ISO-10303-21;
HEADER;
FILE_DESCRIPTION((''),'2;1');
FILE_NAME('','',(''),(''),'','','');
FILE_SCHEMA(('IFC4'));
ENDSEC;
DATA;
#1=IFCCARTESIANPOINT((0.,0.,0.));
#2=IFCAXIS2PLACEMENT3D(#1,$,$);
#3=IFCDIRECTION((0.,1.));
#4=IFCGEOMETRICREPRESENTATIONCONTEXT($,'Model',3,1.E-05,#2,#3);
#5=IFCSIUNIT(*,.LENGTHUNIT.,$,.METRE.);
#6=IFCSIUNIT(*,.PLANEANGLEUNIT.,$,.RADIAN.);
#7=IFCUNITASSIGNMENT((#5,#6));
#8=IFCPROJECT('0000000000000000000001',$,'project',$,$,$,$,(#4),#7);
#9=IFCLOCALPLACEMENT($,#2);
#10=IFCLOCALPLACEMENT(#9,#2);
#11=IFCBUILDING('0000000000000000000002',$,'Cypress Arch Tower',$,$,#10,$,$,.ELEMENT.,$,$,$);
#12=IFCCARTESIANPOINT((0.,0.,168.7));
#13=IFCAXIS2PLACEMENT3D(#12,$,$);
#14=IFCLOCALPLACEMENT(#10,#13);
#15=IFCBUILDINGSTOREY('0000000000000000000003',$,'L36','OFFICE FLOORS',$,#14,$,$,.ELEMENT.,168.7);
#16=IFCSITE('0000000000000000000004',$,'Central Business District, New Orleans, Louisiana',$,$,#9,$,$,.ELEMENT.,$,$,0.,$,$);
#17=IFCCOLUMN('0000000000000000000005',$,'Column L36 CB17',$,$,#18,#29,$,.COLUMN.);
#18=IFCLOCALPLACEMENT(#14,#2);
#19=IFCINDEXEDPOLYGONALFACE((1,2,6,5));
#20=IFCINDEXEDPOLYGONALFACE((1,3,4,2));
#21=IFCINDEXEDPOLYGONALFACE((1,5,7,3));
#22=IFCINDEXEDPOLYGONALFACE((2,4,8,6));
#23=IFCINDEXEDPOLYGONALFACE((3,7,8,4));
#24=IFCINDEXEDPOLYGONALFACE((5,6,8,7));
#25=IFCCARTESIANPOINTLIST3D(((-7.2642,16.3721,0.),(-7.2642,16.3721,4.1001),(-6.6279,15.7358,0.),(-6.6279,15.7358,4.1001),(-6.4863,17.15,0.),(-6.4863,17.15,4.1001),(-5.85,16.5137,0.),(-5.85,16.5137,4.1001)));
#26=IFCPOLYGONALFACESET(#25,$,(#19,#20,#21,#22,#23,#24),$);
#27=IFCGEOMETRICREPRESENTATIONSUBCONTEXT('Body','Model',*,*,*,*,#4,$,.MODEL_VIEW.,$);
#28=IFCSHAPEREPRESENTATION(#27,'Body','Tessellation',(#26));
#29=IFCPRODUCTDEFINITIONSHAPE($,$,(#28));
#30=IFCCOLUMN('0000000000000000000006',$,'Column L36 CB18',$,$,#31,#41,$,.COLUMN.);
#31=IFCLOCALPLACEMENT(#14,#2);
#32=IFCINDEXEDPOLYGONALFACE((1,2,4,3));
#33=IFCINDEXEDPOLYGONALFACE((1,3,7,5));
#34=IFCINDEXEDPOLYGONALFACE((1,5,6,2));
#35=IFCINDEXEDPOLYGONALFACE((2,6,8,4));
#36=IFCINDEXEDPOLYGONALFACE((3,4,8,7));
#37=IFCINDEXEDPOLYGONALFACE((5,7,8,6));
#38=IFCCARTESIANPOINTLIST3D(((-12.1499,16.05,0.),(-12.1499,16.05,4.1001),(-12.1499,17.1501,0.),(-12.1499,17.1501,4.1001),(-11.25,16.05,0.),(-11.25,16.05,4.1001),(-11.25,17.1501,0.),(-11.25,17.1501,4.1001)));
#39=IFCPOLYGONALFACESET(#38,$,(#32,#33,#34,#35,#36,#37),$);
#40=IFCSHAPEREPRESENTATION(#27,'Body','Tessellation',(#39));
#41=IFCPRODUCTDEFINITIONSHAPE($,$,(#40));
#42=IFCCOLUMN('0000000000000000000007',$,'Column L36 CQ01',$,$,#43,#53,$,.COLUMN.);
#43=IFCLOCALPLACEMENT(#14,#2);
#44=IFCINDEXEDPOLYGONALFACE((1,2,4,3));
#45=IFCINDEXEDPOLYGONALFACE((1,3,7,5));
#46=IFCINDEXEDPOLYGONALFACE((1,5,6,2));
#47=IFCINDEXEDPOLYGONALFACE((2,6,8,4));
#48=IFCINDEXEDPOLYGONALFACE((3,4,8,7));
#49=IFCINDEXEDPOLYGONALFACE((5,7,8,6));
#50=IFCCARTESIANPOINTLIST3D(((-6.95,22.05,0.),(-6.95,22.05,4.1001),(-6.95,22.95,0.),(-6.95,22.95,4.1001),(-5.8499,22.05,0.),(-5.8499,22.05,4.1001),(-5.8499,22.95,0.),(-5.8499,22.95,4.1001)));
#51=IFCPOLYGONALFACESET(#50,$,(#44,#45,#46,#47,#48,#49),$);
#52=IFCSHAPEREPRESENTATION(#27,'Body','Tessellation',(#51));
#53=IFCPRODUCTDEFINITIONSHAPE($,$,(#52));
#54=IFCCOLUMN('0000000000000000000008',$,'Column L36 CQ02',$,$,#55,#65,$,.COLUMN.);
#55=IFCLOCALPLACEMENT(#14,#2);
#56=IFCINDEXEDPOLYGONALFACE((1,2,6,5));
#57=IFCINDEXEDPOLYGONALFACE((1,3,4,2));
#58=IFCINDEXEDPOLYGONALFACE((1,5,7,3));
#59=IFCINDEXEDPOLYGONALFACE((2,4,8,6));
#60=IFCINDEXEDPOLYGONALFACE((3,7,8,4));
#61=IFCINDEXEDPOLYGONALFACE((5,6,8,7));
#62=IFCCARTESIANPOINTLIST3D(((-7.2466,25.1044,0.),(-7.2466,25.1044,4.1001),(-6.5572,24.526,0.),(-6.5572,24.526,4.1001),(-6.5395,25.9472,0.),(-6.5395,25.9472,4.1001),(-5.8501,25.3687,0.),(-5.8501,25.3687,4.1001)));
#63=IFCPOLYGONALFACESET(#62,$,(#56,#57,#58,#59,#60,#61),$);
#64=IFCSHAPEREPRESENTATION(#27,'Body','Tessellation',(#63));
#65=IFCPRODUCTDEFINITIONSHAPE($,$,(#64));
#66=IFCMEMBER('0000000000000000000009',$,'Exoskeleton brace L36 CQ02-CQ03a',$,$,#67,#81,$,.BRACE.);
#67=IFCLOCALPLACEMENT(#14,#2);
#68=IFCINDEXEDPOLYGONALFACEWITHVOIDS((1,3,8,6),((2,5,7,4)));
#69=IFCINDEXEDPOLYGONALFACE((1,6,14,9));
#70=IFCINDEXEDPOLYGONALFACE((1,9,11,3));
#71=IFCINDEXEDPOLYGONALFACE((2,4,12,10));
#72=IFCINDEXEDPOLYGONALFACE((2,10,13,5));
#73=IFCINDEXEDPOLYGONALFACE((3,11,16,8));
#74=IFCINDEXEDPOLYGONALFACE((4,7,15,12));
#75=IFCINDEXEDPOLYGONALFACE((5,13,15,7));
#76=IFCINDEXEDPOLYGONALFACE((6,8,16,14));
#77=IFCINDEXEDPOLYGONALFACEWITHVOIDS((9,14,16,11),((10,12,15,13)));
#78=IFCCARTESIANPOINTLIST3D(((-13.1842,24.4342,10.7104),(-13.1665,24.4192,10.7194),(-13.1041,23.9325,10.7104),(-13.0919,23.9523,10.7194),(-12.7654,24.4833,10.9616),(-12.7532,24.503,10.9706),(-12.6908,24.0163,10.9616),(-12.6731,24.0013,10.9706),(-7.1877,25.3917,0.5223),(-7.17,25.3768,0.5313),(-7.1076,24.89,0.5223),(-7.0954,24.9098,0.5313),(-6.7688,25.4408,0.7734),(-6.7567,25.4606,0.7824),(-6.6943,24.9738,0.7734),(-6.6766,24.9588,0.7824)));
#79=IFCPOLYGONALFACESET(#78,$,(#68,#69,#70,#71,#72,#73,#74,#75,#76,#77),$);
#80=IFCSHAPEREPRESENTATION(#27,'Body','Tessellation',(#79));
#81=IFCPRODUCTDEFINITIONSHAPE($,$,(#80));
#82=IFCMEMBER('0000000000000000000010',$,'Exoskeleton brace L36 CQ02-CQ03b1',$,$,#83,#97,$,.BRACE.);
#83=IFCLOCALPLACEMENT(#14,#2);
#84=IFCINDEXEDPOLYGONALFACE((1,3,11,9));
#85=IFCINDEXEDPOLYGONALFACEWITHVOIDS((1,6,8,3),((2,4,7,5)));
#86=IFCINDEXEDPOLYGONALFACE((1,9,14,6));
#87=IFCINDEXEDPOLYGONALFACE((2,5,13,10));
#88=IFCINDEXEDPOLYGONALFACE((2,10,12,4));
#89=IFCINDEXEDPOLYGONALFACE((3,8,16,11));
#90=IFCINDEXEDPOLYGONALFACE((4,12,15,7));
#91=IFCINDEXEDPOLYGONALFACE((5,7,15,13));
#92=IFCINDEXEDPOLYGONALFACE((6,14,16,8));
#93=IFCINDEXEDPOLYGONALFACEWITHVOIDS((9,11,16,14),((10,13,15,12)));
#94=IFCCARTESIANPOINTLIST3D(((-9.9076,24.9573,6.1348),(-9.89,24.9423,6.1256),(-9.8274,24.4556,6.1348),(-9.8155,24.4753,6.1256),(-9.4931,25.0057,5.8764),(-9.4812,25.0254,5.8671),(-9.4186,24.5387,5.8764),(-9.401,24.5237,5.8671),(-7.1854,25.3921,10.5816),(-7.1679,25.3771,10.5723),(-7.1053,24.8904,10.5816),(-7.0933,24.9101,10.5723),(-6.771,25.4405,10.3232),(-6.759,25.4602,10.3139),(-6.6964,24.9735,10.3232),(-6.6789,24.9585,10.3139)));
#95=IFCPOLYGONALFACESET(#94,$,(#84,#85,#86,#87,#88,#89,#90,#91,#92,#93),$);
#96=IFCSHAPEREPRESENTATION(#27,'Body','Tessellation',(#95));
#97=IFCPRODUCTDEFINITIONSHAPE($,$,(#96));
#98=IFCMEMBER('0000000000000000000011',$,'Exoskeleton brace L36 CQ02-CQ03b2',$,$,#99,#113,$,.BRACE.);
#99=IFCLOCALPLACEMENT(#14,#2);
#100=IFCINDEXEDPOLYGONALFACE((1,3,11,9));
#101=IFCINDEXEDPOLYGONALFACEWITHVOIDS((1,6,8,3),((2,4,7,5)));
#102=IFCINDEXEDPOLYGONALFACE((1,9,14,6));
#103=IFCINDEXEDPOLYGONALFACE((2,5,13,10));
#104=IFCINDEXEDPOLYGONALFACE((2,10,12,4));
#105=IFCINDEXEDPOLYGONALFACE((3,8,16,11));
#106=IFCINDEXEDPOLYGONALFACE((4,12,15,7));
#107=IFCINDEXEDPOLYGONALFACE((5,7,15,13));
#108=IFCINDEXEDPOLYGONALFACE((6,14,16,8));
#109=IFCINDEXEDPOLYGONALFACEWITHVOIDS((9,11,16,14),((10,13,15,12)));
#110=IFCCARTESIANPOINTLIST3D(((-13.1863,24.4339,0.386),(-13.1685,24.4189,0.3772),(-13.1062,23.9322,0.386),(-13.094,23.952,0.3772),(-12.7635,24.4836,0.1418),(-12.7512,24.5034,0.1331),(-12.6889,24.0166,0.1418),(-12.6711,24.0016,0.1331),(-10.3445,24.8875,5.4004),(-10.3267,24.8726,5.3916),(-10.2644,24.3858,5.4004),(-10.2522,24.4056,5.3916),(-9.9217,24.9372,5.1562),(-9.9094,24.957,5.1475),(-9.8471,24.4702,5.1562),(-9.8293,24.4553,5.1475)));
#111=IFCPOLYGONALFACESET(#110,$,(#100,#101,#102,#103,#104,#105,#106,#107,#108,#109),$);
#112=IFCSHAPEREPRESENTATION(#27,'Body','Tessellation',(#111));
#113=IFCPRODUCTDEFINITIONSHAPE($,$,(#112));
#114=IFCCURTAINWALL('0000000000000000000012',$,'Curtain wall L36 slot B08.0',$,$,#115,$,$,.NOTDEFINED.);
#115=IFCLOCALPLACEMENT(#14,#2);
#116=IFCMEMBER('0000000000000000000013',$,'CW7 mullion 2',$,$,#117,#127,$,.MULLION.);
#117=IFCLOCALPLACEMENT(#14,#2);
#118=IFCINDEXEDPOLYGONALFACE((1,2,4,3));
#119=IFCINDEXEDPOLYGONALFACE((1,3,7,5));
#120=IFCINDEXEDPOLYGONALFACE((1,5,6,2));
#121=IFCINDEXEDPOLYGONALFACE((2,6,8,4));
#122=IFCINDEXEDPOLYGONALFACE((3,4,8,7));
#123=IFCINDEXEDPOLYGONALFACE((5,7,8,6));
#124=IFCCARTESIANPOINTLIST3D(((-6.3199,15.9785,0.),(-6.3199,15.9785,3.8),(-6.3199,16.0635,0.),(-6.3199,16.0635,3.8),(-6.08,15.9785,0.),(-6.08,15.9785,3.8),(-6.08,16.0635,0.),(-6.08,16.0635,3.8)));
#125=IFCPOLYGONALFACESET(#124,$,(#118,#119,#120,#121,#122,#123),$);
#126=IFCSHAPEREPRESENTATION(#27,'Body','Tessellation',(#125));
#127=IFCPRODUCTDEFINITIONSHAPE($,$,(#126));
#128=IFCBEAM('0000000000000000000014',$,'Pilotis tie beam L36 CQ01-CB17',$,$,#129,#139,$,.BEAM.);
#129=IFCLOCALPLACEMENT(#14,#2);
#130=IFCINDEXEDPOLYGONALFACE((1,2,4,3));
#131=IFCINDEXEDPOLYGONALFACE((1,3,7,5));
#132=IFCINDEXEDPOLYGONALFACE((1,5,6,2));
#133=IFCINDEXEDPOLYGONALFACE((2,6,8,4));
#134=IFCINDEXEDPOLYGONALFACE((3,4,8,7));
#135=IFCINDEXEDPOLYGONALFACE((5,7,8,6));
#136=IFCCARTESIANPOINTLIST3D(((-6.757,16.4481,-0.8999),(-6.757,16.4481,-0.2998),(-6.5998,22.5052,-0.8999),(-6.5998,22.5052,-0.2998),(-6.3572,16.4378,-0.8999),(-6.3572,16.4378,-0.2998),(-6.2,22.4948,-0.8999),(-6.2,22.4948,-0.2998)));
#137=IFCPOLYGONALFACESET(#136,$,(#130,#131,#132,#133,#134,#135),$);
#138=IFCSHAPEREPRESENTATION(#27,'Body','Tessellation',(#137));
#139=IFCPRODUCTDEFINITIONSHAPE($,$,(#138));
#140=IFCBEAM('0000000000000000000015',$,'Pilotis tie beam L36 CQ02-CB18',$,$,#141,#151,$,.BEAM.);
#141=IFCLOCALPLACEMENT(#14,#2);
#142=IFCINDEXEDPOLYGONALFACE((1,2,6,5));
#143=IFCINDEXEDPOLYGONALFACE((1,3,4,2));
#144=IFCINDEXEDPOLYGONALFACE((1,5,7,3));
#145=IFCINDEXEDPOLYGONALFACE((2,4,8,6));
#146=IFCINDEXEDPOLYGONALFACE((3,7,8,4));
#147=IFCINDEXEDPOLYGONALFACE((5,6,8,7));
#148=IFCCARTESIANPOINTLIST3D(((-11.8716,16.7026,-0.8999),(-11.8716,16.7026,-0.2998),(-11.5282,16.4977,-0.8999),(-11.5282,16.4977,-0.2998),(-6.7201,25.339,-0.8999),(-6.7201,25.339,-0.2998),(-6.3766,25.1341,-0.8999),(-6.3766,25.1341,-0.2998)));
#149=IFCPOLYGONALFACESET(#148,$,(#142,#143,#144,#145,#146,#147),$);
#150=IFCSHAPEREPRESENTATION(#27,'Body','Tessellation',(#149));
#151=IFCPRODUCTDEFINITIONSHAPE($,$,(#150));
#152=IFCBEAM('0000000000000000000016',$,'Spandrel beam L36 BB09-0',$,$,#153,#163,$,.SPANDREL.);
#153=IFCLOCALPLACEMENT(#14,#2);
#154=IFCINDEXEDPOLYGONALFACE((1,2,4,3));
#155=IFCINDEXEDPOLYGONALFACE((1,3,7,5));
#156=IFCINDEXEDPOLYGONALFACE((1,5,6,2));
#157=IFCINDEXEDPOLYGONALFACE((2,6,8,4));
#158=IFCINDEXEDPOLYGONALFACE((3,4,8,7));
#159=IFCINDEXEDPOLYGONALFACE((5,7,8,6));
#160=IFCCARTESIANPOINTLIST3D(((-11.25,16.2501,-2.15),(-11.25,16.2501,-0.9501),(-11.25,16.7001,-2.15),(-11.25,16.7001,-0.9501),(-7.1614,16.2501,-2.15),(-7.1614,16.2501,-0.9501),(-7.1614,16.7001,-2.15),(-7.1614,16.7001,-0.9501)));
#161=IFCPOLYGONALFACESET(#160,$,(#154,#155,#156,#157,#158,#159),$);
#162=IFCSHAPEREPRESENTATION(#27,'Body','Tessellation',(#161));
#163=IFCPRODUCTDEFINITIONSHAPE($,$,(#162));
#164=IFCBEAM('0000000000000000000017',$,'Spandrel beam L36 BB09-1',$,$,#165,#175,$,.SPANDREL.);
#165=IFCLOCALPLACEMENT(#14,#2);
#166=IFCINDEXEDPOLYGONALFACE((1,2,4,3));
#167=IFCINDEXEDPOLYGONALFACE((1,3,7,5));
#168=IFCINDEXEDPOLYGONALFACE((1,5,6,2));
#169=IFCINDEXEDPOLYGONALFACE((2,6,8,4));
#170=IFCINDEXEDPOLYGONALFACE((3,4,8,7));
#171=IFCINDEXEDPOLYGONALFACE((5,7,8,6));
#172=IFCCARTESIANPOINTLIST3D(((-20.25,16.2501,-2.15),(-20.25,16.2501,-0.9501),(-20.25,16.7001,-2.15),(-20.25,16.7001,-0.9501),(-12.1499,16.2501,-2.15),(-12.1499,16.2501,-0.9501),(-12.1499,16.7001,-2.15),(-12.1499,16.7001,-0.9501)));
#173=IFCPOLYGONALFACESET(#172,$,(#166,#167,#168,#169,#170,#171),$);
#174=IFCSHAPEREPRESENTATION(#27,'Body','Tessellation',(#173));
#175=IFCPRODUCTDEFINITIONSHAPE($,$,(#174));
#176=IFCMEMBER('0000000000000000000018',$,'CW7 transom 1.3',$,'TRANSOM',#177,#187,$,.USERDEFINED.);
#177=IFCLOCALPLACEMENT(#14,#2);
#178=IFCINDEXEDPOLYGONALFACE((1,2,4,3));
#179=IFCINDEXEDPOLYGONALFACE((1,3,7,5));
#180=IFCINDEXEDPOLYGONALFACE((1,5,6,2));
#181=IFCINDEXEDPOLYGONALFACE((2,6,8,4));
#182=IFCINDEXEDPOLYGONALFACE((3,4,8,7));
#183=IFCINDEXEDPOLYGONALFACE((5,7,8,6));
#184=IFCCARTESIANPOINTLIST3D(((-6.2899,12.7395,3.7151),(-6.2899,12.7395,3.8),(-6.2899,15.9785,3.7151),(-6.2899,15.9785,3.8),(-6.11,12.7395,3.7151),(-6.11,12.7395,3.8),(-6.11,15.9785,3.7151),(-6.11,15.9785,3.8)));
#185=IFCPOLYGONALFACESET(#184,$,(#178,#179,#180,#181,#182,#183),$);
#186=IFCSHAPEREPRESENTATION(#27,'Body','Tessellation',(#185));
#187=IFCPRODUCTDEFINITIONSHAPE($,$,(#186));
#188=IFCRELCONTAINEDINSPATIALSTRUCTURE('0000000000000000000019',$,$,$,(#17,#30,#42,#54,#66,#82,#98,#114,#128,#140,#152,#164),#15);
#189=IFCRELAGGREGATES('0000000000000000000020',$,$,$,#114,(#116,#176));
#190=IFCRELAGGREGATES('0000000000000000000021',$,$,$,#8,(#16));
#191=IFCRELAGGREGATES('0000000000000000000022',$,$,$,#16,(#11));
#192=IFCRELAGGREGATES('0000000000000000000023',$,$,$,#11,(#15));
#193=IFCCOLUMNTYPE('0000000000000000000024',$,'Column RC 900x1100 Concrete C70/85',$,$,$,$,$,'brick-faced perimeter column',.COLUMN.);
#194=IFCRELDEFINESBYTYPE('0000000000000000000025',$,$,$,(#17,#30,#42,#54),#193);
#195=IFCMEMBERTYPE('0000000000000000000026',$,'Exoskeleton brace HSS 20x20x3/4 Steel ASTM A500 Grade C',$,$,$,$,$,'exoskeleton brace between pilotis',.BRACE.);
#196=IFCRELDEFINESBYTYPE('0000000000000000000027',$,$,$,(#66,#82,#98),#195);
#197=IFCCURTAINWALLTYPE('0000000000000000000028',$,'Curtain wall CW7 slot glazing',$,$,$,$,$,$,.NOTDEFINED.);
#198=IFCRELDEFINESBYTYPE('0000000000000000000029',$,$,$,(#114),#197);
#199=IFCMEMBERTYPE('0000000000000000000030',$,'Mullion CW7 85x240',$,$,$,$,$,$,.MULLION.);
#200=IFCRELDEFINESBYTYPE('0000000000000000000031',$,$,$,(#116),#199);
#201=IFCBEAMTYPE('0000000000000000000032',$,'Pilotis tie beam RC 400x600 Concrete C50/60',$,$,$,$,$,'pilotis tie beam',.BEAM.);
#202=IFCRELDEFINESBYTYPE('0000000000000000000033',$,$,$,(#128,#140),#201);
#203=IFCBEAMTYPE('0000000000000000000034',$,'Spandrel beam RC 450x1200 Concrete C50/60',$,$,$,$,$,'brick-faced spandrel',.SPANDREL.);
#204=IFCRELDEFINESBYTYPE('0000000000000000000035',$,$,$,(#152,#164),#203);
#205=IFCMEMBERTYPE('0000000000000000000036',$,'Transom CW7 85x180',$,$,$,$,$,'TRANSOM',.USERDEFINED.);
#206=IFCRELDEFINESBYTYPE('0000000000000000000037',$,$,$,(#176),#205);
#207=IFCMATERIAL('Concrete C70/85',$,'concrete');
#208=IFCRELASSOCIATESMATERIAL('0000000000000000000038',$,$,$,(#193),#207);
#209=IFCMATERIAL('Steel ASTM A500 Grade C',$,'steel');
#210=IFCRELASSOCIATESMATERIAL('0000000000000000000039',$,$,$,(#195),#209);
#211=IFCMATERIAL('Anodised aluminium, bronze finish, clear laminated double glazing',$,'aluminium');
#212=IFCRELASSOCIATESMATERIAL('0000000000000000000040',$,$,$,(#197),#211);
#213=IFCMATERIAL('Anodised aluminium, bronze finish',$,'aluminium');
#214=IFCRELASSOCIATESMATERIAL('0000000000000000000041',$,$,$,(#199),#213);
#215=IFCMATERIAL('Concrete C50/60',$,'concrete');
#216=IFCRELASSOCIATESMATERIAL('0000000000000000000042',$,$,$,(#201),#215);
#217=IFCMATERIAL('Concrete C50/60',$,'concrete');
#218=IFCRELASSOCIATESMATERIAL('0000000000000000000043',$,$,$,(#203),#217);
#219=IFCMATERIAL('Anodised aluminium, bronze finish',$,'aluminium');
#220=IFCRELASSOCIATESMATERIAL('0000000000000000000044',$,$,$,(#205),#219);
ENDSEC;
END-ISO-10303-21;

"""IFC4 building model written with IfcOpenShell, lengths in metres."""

from ifc_helpers import new_model, si_unit, direction, frame, origin, origin_2d, place, context, subcontext, project, spatial, rectangle, hollow_rectangle, extrude, material, material_profile, profile_set, type_object, element, aggregate, save


model = new_model("IFC4")

# Units and contexts
model_context = context("Model", 3, precision=1e-05, world=origin(), true_north=direction((0.0, 1.0)))
body_context = subcontext(model_context, "Body", "Model", "MODEL_VIEW")
ifc_project = project(units=[si_unit("LENGTHUNIT", "METRE"), si_unit("PLANEANGLEUNIT", "RADIAN")], contexts=[model_context])

# Site, building, storey
site_placement = place(None, origin())
site = spatial("IfcSite", under=ifc_project, at=site_placement, Name="Central Business District, New Orleans, Louisiana", CompositionType="ELEMENT", RefElevation=0.0)
building_placement = place(site_placement, origin())
building = spatial("IfcBuilding", under=site, at=building_placement, Name="Cypress Arch Tower", CompositionType="ELEMENT")
storey_placement = place(building_placement, frame((0.0, 0.0, 168.7)))
storey = spatial("IfcBuildingStorey", under=building, at=storey_placement, Name="L36", Description="OFFICE FLOORS", CompositionType="ELEMENT", Elevation=168.7)

# Columns
ifc_material_1 = material(Name="Concrete C70/85", Category="concrete")
ifc_material_profile_1 = material_profile(ifc_material_1, rectangle(XDim=0.8999, YDim=1.1001, at=origin_2d()), Name="RC 900x1100")
ifc_profile_set_1 = profile_set([ifc_material_profile_1], Name="Concrete C70/85")
column_type = type_object("IfcColumnType", Name="Column RC 900x1100 Concrete C70/85", ElementType="brick-faced perimeter column", PredefinedType="COLUMN", material=ifc_profile_set_1)
for number, where, z_axis, x_axis, name in (
    (1, (-6.5571, 16.4429, 0.0), (0.0, 0.0, 1.0), (-0.707107, 0.707107, 0.0), "Column L36 CB17"),
    (2, (-11.7, 16.6001, 0.0), (0.0, 0.0, 1.0), (-1.0, 0.0, 0.0), "Column L36 CB18"),
    (3, (-6.3999, 22.5, 0.0), (0.0, 0.0, 1.0), (0.0, 1.0, 0.0), "Column L36 CQ01"),
    (4, (-6.5483, 25.2366, 0.0), (0.0, 0.0, 1.0), (-0.766064, 0.642765, 0.0), "Column L36 CQ02"),
):
    element("IfcColumn", number, at=place(storey_placement, frame(where, z_axis=z_axis, x_axis=x_axis)), inside=storey, type_object=column_type, Name=name, PredefinedType="COLUMN", context=body_context, shape_type="SweptSolid", body=[
        extrude(rectangle(XDim=0.8999, YDim=1.1001, at=origin_2d()), origin(), (0.0, 0.0, 1.0), 4.1001),
    ])

# Members
ifc_material_2 = material(Name="Steel ASTM A500 Grade C", Category="steel")
ifc_material_profile_2 = material_profile(ifc_material_2, hollow_rectangle(XDim=0.5081, YDim=0.5081, WallThickness=0.0176, at=origin_2d()), Name="HSS 20x20x3/4")
ifc_profile_set_2 = profile_set([ifc_material_profile_2], Name="Steel ASTM A500 Grade C")
member_type_1 = type_object("IfcMemberType", Name="Exoskeleton brace HSS 20x20x3/4 Steel ASTM A500 Grade C", ElementType="exoskeleton brace between pilotis", PredefinedType="BRACE", material=ifc_profile_set_2)
member_1_placement = place(storey_placement, frame((-6.9321, 25.1753, 0.6523), z_axis=(-0.505585, -0.080731, 0.858992), x_axis=(0.15768, -0.98749, 0.0)))
element("IfcMember", 5, at=member_1_placement, inside=storey, type_object=member_type_1, Name="Exoskeleton brace L36 CQ02-CQ03a", PredefinedType="BRACE", context=body_context, shape_type="SweptSolid", body=[
    extrude(hollow_rectangle(XDim=0.5081, YDim=0.5081, WallThickness=0.0176, at=origin_2d()), origin(), (0.0, 0.0, 1.0), 11.8606),
])
member_2_placement = place(storey_placement, frame((-6.9321, 25.1753, 10.4478), z_axis=(-0.520299, -0.083108, -0.849931), x_axis=(0.157731, -0.987482, 0.0)))
element("IfcMember", 6, at=member_2_placement, inside=storey, type_object=member_type_1, Name="Exoskeleton brace L36 CQ02-CQ03b1", PredefinedType="BRACE", context=body_context, shape_type="SweptSolid", body=[
    extrude(hollow_rectangle(XDim=0.5081, YDim=0.5081, WallThickness=0.0176, at=origin_2d()), origin(), (0.0, 0.0, 1.0), 5.2319),
])
member_3_placement = place(storey_placement, frame((-12.9287, 24.2178, 0.2595), z_axis=(0.491532, 0.078459, 0.867318), x_axis=(-0.157627, 0.987499, 0.0)))
element("IfcMember", 7, at=member_3_placement, inside=storey, type_object=member_type_1, Name="Exoskeleton brace L36 CQ02-CQ03b2", PredefinedType="BRACE", context=body_context, shape_type="SweptSolid", body=[
    extrude(hollow_rectangle(XDim=0.5081, YDim=0.5081, WallThickness=0.0176, at=origin_2d()), origin(), (0.0, 0.0, 1.0), 5.7815),
])

# Curtain wall, member
ifc_material_3 = material(Name="Anodised aluminium, bronze finish, clear laminated double glazing", Category="aluminium")
curtain_wall_type = type_object("IfcCurtainWallType", Name="Curtain wall CW7 slot glazing", PredefinedType="NOTDEFINED", material=ifc_material_3)
curtain_wall_placement = place(storey_placement, origin())
curtain_wall = element("IfcCurtainWall", 8, at=curtain_wall_placement, inside=storey, type_object=curtain_wall_type, Name="Curtain wall L36 slot B08.0", PredefinedType="NOTDEFINED")
ifc_material_4 = material(Name="Anodised aluminium, bronze finish", Category="aluminium")
ifc_material_profile_3 = material_profile(ifc_material_4, rectangle(XDim=0.24, YDim=0.085, at=origin_2d()), Name="Mullion 85x240")
ifc_profile_set_3 = profile_set([ifc_material_profile_3], Name="Anodised aluminium, bronze finish")
member_type_2 = type_object("IfcMemberType", Name="Mullion CW7 85x240", PredefinedType="MULLION", material=ifc_profile_set_3)
member_4_placement = place(storey_placement, frame((-6.2, 16.021, 0.0), z_axis=(0.0, 0.0, 1.0), x_axis=(-1.0, 0.0, 0.0)))
member_4 = element("IfcMember", 9, at=member_4_placement, type_object=member_type_2, Name="CW7 mullion 2", PredefinedType="MULLION", context=body_context, shape_type="SweptSolid", body=[
    extrude(rectangle(XDim=0.24, YDim=0.085, at=origin_2d()), origin(), (0.0, 0.0, 1.0), 3.8),
])

# Beams
ifc_material_5 = material(Name="Concrete C50/60", Category="concrete")
ifc_material_profile_4 = material_profile(ifc_material_5, rectangle(XDim=0.3999, YDim=0.6001, at=origin_2d()), Name="RC 400x600")
ifc_profile_set_4 = profile_set([ifc_material_profile_4], Name="Concrete C50/60")
beam_type_1 = type_object("IfcBeamType", Name="Pilotis tie beam RC 400x600 Concrete C50/60", ElementType="pilotis tie beam", PredefinedType="BEAM", material=ifc_profile_set_4)
beam_1_placement = place(storey_placement, frame((-6.3999, 22.5, -0.5999), z_axis=(-0.025949, -0.999663, 0.0), x_axis=(0.999663, -0.025949, 0.0)))
element("IfcBeam", 10, at=beam_1_placement, inside=storey, type_object=beam_type_1, Name="Pilotis tie beam L36 CQ01-CB17", PredefinedType="BEAM", context=body_context, shape_type="SweptSolid", body=[
    extrude(rectangle(XDim=0.3999, YDim=0.6001, at=origin_2d()), origin(), (0.0, 0.0, 1.0), 6.0591),
])
beam_2_placement = place(storey_placement, frame((-6.5483, 25.2366, -0.5999), z_axis=(-0.512281, -0.858818, 0.0), x_axis=(0.858818, -0.512281, 0.0)))
element("IfcBeam", 11, at=beam_2_placement, inside=storey, type_object=beam_type_1, Name="Pilotis tie beam L36 CQ02-CB18", PredefinedType="BEAM", context=body_context, shape_type="SweptSolid", body=[
    extrude(rectangle(XDim=0.3999, YDim=0.6001, at=origin_2d()), origin(), (0.0, 0.0, 1.0), 10.0562),
])
ifc_material_6 = material(Name="Concrete C50/60", Category="concrete")
ifc_material_profile_5 = material_profile(ifc_material_6, rectangle(XDim=0.45, YDim=1.2, at=origin_2d()), Name="RC 450x1200")
ifc_profile_set_5 = profile_set([ifc_material_profile_5], Name="Concrete C50/60")
beam_type_2 = type_object("IfcBeamType", Name="Spandrel beam RC 450x1200 Concrete C50/60", ElementType="brick-faced spandrel", PredefinedType="SPANDREL", material=ifc_profile_set_5)
beam_3_placement = place(storey_placement, frame((-7.1614, 16.4751, -1.55), z_axis=(-1.0, 0.0, 0.0), x_axis=(0.0, -1.0, 0.0)))
element("IfcBeam", 12, at=beam_3_placement, inside=storey, type_object=beam_type_2, Name="Spandrel beam L36 BB09-0", PredefinedType="SPANDREL", context=body_context, shape_type="SweptSolid", body=[
    extrude(rectangle(XDim=0.45, YDim=1.2, at=origin_2d()), origin(), (0.0, 0.0, 1.0), 4.0886),
])
beam_4_placement = place(storey_placement, frame((-12.1499, 16.4751, -1.55), z_axis=(-1.0, 0.0, 0.0), x_axis=(0.0, -1.0, 0.0)))
element("IfcBeam", 13, at=beam_4_placement, inside=storey, type_object=beam_type_2, Name="Spandrel beam L36 BB09-1", PredefinedType="SPANDREL", context=body_context, shape_type="SweptSolid", body=[
    extrude(rectangle(XDim=0.45, YDim=1.2, at=origin_2d()), origin(), (0.0, 0.0, 1.0), 8.1001),
])

# Member
ifc_material_7 = material(Name="Anodised aluminium, bronze finish", Category="aluminium")
ifc_material_profile_6 = material_profile(ifc_material_7, rectangle(XDim=0.1799, YDim=0.085, at=origin_2d()), Name="Transom 85x180")
ifc_profile_set_6 = profile_set([ifc_material_profile_6], Name="Anodised aluminium, bronze finish")
member_type_3 = type_object("IfcMemberType", Name="Transom CW7 85x180", ElementType="TRANSOM", PredefinedType="USERDEFINED", material=ifc_profile_set_6)
member_5_placement = place(storey_placement, frame((-6.2, 12.7395, 3.7576), z_axis=(0.0, 1.0, 0.0), x_axis=(-1.0, 0.0, 0.0)))
member_5 = element("IfcMember", 14, at=member_5_placement, type_object=member_type_3, Name="CW7 transom 1.3", ObjectType="TRANSOM", PredefinedType="USERDEFINED", context=body_context, shape_type="SweptSolid", body=[
    extrude(rectangle(XDim=0.1799, YDim=0.085, at=origin_2d()), origin(), (0.0, 0.0, 1.0), 3.239),
])

aggregate(curtain_wall, [member_4, member_5])

save(model, "model.ifc")
